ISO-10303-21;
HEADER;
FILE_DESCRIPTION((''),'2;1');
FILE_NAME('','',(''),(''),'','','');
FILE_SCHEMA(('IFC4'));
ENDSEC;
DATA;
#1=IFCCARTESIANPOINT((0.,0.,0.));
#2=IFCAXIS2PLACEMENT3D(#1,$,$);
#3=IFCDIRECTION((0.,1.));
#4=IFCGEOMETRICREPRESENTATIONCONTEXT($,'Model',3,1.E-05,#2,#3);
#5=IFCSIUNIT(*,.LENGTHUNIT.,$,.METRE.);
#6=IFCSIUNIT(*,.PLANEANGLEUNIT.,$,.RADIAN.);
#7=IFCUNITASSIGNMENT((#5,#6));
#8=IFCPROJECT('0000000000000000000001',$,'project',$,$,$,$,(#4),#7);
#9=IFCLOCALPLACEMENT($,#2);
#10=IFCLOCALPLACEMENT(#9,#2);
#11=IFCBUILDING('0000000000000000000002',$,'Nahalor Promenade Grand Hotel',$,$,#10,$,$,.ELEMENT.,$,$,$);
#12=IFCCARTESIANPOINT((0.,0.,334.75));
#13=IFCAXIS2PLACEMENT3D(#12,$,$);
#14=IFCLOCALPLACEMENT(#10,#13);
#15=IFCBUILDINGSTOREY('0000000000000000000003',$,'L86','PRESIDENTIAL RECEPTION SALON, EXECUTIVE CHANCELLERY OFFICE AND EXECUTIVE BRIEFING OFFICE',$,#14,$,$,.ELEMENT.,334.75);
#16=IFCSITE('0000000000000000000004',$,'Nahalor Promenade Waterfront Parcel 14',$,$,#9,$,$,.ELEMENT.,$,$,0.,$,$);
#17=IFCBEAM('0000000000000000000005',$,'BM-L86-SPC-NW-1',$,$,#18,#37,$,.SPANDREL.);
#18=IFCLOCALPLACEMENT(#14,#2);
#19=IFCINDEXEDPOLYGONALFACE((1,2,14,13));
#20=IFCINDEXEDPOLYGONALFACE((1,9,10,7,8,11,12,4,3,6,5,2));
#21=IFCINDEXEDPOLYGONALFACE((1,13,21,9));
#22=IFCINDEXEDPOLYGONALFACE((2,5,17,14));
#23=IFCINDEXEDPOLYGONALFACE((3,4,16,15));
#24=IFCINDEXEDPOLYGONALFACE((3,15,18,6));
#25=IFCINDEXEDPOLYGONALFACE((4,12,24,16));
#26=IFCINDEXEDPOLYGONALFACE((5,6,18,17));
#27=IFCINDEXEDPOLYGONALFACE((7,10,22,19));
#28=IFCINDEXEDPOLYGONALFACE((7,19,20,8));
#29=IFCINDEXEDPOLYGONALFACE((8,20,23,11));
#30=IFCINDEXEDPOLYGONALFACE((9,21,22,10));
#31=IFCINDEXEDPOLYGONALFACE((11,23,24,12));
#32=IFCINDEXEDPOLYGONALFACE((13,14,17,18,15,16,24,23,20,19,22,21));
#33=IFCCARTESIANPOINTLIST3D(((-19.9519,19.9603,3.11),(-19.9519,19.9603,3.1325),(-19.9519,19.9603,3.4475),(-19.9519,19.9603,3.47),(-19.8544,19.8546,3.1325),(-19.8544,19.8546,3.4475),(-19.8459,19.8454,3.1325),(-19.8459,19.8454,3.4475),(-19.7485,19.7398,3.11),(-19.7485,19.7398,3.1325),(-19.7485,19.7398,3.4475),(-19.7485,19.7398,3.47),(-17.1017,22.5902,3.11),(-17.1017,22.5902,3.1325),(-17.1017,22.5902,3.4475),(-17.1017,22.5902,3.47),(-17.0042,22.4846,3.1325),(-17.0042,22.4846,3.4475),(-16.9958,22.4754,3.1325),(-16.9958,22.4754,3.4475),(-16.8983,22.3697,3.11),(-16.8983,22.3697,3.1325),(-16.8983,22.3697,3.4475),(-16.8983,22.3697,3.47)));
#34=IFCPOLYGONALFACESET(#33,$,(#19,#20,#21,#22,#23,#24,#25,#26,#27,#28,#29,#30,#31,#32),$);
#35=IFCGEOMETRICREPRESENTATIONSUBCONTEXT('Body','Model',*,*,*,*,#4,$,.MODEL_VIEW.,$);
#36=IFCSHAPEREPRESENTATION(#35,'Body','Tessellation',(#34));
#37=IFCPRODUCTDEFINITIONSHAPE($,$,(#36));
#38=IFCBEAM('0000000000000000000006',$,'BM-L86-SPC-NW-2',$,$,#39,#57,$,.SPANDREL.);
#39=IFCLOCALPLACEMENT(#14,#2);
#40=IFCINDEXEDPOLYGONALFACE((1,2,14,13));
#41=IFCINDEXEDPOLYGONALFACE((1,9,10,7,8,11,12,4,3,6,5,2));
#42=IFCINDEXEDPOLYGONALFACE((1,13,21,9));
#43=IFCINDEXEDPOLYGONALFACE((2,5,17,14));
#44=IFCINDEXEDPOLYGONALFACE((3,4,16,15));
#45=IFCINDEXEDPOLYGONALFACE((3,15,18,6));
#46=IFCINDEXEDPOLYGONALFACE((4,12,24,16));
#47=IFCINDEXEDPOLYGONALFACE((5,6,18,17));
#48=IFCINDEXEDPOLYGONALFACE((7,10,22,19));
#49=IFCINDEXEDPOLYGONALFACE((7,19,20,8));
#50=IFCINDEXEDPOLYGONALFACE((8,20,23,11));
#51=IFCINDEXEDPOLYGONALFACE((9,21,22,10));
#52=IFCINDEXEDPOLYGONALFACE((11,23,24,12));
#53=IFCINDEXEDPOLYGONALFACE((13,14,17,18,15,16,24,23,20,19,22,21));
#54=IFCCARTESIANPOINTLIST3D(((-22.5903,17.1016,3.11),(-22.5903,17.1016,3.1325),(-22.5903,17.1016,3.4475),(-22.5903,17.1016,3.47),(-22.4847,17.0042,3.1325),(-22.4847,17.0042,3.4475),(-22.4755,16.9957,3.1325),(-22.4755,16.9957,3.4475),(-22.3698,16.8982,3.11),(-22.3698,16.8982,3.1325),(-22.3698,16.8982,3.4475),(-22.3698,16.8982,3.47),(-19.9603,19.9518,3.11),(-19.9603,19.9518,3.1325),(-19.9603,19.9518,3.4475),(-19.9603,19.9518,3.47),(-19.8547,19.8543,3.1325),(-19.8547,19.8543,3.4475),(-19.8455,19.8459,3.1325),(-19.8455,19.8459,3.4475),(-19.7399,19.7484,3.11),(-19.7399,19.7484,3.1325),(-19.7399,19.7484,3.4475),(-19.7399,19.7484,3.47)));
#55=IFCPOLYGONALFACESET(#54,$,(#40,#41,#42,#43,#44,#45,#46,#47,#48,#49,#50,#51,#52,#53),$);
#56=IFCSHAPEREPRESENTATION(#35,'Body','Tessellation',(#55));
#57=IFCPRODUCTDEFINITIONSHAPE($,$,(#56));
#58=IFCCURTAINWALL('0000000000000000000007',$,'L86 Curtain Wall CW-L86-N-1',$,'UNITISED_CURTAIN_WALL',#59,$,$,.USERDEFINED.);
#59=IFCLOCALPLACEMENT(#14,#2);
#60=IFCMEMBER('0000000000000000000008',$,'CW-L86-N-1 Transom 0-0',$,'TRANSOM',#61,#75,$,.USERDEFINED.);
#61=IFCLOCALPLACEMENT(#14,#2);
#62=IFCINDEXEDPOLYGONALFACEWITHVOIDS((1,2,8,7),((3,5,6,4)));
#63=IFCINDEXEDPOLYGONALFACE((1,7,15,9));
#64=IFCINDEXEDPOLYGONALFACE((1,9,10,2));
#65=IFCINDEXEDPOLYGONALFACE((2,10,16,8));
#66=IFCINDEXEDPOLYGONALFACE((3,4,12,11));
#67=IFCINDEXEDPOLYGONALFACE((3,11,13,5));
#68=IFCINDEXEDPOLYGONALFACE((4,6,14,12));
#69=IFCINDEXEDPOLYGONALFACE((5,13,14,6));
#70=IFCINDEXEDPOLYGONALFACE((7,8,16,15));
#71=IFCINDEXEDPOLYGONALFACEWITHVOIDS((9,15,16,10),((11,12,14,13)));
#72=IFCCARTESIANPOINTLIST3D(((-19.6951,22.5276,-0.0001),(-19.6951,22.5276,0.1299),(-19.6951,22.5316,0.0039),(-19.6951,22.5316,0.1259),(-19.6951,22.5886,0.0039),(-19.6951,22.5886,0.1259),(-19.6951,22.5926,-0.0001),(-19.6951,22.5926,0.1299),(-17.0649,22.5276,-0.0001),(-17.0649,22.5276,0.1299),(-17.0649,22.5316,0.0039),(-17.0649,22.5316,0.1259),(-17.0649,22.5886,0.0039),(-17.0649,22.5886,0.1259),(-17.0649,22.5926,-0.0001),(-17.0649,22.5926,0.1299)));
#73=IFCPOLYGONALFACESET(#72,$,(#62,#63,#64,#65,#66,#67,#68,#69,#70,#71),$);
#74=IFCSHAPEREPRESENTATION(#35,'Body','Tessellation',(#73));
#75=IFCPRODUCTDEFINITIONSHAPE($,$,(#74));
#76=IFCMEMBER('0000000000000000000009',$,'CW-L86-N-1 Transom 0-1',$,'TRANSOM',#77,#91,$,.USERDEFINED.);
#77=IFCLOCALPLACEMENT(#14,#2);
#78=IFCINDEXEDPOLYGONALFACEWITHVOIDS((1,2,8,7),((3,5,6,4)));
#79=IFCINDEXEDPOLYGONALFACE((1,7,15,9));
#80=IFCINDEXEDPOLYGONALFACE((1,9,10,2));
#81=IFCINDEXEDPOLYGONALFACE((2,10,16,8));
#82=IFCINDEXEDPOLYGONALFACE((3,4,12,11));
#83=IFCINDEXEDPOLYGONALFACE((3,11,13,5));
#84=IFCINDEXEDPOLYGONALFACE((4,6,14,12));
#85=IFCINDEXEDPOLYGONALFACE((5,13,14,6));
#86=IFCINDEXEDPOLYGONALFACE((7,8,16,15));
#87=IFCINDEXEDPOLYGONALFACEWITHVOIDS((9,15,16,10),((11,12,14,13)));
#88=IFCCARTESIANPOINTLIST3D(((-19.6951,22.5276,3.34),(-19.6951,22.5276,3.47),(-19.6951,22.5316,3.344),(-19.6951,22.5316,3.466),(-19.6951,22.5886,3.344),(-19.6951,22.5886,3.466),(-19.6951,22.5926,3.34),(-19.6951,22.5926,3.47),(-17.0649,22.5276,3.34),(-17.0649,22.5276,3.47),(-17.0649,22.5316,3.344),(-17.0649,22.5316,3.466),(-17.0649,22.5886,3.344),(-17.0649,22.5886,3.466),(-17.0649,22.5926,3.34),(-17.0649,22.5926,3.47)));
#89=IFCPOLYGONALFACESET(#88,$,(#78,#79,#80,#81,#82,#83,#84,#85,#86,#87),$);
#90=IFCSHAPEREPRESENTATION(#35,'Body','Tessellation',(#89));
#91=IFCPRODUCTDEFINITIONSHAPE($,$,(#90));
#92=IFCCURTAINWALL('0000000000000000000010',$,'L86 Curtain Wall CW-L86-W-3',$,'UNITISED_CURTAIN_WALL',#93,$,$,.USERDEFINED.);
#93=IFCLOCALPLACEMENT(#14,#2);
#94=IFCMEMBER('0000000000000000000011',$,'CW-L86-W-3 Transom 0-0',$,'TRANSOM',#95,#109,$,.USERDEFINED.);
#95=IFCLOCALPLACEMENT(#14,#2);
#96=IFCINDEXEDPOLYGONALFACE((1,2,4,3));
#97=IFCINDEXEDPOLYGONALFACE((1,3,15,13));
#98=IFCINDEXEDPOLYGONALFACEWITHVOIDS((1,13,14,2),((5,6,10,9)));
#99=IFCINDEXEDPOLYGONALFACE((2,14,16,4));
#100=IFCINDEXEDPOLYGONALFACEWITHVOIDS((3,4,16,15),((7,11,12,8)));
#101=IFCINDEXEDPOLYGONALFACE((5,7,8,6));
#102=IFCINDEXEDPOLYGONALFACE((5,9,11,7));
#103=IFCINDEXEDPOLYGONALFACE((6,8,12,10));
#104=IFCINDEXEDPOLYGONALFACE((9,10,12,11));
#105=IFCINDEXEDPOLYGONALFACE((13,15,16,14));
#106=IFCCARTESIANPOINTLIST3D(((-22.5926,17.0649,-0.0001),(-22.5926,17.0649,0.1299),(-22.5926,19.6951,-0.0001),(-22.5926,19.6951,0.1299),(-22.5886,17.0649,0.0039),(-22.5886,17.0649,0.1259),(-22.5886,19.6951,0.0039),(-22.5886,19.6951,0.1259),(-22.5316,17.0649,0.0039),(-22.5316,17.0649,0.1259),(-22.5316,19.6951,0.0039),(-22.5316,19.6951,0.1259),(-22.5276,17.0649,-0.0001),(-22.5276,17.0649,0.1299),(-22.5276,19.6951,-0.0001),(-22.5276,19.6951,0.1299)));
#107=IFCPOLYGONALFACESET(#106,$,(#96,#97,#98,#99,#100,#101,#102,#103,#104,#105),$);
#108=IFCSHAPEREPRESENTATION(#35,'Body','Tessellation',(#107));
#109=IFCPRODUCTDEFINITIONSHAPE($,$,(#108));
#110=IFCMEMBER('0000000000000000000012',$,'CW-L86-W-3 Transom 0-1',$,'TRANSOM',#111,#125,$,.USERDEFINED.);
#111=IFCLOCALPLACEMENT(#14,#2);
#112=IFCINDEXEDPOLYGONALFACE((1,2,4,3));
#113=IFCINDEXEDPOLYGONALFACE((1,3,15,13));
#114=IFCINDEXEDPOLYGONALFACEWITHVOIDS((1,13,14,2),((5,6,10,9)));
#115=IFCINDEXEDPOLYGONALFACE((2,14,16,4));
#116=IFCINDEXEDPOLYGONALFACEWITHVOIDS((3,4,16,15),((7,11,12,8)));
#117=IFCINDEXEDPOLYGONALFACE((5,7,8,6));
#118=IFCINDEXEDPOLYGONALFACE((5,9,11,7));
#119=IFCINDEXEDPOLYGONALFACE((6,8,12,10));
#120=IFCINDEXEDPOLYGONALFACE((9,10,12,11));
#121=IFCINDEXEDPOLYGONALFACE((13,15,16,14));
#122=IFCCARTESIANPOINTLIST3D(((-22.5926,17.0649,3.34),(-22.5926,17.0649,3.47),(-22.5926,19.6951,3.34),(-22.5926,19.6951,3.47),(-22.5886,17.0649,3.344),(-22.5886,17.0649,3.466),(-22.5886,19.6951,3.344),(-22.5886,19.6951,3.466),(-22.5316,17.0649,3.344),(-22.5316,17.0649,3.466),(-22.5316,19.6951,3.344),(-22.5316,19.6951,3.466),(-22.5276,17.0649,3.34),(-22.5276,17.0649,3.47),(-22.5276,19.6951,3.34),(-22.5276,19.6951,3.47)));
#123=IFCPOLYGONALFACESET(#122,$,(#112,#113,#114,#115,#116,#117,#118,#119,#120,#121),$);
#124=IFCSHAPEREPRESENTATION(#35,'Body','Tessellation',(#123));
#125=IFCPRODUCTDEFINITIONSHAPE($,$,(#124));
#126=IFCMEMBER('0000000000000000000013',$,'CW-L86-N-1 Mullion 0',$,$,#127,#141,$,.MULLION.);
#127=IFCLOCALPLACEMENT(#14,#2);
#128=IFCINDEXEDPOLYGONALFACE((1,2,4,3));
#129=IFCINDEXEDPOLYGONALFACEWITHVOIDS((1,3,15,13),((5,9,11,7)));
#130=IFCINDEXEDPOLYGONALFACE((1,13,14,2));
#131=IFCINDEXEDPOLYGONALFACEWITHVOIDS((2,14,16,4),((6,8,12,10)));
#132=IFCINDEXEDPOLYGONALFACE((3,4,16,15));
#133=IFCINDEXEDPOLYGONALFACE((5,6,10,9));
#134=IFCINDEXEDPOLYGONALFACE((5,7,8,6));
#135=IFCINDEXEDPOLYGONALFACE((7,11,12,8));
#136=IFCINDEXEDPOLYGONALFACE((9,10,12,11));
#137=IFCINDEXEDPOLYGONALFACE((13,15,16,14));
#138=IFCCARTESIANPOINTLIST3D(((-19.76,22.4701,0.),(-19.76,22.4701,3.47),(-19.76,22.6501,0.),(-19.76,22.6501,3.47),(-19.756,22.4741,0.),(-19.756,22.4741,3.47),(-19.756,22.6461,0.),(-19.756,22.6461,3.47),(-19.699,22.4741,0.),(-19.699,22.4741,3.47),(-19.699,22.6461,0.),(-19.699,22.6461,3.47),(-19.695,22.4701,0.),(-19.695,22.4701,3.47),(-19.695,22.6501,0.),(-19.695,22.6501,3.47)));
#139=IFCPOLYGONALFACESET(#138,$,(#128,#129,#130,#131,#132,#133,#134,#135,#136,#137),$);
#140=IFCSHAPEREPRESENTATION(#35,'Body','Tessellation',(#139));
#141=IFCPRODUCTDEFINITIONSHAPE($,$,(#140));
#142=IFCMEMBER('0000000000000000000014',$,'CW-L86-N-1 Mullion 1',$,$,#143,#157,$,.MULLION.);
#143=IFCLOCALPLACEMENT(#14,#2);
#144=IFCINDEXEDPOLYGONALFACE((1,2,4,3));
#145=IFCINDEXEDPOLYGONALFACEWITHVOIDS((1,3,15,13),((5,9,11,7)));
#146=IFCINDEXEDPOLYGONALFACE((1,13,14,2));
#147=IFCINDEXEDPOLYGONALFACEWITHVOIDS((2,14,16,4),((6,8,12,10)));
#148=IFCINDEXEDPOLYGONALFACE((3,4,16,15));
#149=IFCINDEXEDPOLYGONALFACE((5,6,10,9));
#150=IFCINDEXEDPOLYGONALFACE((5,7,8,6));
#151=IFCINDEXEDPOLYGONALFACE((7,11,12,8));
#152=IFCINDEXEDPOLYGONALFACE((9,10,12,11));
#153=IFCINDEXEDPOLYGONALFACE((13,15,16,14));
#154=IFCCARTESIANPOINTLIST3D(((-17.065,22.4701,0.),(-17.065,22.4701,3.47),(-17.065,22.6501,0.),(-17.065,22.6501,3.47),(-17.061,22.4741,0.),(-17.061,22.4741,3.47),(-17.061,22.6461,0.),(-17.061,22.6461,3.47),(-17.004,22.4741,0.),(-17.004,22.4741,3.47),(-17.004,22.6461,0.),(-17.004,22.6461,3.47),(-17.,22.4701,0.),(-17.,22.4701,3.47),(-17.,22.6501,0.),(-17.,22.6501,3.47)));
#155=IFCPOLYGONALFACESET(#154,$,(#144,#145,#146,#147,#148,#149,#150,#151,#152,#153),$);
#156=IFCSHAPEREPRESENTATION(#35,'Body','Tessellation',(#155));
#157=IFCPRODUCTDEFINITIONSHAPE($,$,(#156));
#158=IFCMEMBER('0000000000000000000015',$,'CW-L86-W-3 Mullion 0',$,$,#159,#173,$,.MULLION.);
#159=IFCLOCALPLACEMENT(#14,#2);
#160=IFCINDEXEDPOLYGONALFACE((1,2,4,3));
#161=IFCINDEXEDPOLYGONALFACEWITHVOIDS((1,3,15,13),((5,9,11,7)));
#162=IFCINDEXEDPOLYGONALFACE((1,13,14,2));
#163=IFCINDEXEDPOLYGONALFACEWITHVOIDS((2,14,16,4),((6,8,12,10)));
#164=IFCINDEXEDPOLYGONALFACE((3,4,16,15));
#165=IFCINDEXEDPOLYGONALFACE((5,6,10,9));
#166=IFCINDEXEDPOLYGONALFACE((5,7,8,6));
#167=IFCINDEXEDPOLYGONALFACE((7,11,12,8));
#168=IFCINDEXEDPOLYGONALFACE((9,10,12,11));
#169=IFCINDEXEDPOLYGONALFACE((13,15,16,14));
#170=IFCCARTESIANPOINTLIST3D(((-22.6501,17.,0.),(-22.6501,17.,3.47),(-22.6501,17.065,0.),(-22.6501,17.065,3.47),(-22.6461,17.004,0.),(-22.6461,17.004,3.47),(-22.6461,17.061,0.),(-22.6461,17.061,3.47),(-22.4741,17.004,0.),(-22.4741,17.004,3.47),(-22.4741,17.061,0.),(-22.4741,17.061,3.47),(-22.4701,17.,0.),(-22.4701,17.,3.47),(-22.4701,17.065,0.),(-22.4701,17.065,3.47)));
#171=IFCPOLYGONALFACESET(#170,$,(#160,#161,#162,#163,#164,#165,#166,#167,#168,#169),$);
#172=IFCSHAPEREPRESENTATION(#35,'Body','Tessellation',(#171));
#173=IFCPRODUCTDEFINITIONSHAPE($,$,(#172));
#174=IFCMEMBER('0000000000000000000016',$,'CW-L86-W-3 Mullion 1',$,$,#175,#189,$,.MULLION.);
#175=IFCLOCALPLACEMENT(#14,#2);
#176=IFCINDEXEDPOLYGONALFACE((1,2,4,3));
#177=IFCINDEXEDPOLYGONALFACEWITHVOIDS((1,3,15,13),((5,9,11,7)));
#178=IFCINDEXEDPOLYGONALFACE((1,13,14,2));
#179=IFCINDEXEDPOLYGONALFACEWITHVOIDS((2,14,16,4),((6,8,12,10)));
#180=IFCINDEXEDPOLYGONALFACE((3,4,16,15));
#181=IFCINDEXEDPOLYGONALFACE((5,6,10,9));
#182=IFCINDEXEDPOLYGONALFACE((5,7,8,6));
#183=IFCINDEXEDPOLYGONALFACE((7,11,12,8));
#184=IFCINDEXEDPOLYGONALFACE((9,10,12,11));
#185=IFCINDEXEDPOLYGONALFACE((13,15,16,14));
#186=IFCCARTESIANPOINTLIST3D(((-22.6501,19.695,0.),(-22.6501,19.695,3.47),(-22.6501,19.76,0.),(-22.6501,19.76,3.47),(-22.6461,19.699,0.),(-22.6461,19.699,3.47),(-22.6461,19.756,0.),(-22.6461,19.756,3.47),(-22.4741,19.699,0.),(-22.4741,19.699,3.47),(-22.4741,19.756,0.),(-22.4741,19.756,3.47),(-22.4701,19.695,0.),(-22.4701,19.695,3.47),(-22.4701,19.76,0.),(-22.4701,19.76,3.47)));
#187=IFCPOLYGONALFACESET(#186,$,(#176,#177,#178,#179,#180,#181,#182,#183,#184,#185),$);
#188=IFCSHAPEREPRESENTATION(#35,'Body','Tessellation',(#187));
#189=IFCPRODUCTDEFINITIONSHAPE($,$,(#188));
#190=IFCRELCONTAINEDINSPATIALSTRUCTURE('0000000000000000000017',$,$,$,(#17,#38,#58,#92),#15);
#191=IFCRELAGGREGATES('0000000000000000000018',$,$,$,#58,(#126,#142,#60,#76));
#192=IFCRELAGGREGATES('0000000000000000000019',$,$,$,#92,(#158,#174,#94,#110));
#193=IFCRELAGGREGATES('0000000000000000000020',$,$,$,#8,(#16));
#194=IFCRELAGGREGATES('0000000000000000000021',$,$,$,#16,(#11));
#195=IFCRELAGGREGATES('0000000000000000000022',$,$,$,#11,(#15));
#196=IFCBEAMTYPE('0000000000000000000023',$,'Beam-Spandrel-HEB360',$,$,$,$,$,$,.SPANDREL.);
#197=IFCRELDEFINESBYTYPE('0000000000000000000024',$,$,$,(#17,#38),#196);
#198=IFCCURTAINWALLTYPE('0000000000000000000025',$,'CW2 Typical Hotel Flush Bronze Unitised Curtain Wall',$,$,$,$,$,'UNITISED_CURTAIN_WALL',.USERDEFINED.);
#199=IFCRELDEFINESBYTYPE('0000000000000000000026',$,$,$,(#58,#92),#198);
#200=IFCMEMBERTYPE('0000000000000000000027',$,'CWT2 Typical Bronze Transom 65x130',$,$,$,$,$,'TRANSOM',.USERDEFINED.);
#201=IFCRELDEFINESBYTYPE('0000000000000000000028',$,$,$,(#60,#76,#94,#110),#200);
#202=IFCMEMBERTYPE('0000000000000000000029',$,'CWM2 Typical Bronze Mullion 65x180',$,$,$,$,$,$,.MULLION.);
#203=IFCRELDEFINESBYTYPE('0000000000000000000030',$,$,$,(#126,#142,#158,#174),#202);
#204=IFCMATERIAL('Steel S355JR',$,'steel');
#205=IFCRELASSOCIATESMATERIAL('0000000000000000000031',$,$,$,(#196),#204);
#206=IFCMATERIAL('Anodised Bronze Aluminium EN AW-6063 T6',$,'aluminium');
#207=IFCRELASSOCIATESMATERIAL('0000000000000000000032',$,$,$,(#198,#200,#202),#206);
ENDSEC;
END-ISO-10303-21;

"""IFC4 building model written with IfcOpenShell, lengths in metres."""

from ifc_helpers import new_model, si_unit, direction, frame, origin, origin_2d, place, context, subcontext, project, spatial, hollow_rectangle, i_section, extrude, source, transform, mapped, material, material_profile, profile_set, type_object, element, aggregate, save


model = new_model("IFC4")

# Units and contexts
model_context = context("Model", 3, precision=1e-05, world=origin(), true_north=direction((0.0, 1.0)))
body_context = subcontext(model_context, "Body", "Model", "MODEL_VIEW")
ifc_project = project(units=[si_unit("LENGTHUNIT", "METRE"), si_unit("PLANEANGLEUNIT", "RADIAN")], contexts=[model_context])

# Site, building, storey
site_placement = place(None, origin())
site = spatial("IfcSite", under=ifc_project, at=site_placement, Name="Nahalor Promenade Waterfront Parcel 14", CompositionType="ELEMENT", RefElevation=0.0)
building_placement = place(site_placement, origin())
building = spatial("IfcBuilding", under=site, at=building_placement, Name="Nahalor Promenade Grand Hotel", CompositionType="ELEMENT")
storey_placement = place(building_placement, frame((0.0, 0.0, 334.75)))
storey = spatial("IfcBuildingStorey", under=building, at=storey_placement, Name="L86", Description="PRESIDENTIAL RECEPTION SALON, EXECUTIVE CHANCELLERY OFFICE AND EXECUTIVE BRIEFING OFFICE", CompositionType="ELEMENT", Elevation=334.75)

# Shared definitions
ifc_material_1 = material(Name="Steel S355JR", Category="steel")

# Beams
ifc_material_profile_1 = material_profile(ifc_material_1, i_section(OverallWidth=0.3, OverallDepth=0.36, WebThickness=0.0125, FlangeThickness=0.0225, at=origin_2d()), Name="HEB 360")
ifc_profile_set_1 = profile_set([ifc_material_profile_1], Name="Steel S355JR")
beam_type_1 = type_object("IfcBeamType", Name="Beam-Spandrel-HEB360", PredefinedType="SPANDREL", material=ifc_profile_set_1)
shared_shape_1 = source(origin(), body_context, "Body", "SweptSolid", [
    extrude(i_section(OverallWidth=0.3, OverallDepth=0.36, WebThickness=0.0125, FlangeThickness=0.0225, at=origin_2d()), origin(), (0.0, 0.0, 1.0), 3.8782),
])
for number, where, z_axis, x_axis, name in (
    (1, (-17.0, 22.48, 3.29), (-0.734929, -0.678144, 0.0), (0.678144, -0.734929, 0.0), "BM-L86-SPC-NW-1"),
    (2, (-19.8501, 19.8501, 3.29), (-0.678144, -0.734929, 0.0), (0.734929, -0.678144, 0.0), "BM-L86-SPC-NW-2"),
):
    element("IfcBeam", number, at=place(storey_placement, frame(where, z_axis=z_axis, x_axis=x_axis)), inside=storey, type_object=beam_type_1, Name=name, PredefinedType="SPANDREL", context=body_context, shape_type="MappedRepresentation", body=[
        mapped(shared_shape_1, transform((0.0, 0.0, 0.0), scale=1.0)),
    ])

# Curtain walls, members
ifc_material_2 = material(Name="Anodised Bronze Aluminium EN AW-6063 T6", Category="aluminium")
curtain_wall_type = type_object("IfcCurtainWallType", Name="CW2 Typical Hotel Flush Bronze Unitised Curtain Wall", ElementType="UNITISED_CURTAIN_WALL", PredefinedType="USERDEFINED", material=ifc_material_2)
curtain_wall_1_placement = place(storey_placement, origin())
curtain_wall_1 = element("IfcCurtainWall", 3, at=curtain_wall_1_placement, inside=storey, type_object=curtain_wall_type, Name="L86 Curtain Wall CW-L86-N-1", ObjectType="UNITISED_CURTAIN_WALL", PredefinedType="USERDEFINED")
ifc_material_profile_2 = material_profile(ifc_material_2, hollow_rectangle(XDim=0.065, YDim=0.13, WallThickness=0.004, at=origin_2d()), Name="CWT 65x130x4")
ifc_profile_set_2 = profile_set([ifc_material_profile_2], Name="Anodised Bronze Aluminium EN AW-6063 T6")
member_type_1 = type_object("IfcMemberType", Name="CWT2 Typical Bronze Transom 65x130", ElementType="TRANSOM", PredefinedType="USERDEFINED", material=ifc_profile_set_2)
shared_shape_2 = source(origin(), body_context, "Body", "SweptSolid", [
    extrude(hollow_rectangle(XDim=0.065, YDim=0.13, WallThickness=0.004, at=origin_2d()), origin(), (0.0, 0.0, 1.0), 2.6301),
])
member_1_placement = place(storey_placement, frame((-19.6951, 22.5601, 0.0649), z_axis=(1.0, 0.0, 0.0), x_axis=(0.0, 1.0, 0.0)))
member_1 = element("IfcMember", 4, at=member_1_placement, type_object=member_type_1, Name="CW-L86-N-1 Transom 0-0", ObjectType="TRANSOM", PredefinedType="USERDEFINED", context=body_context, shape_type="MappedRepresentation", body=[
    mapped(shared_shape_2, transform((0.0, 0.0, 0.0), scale=1.0)),
])
member_2_placement = place(storey_placement, frame((-19.6951, 22.5601, 3.405), z_axis=(1.0, 0.0, 0.0), x_axis=(0.0, 1.0, 0.0)))
member_2 = element("IfcMember", 5, at=member_2_placement, type_object=member_type_1, Name="CW-L86-N-1 Transom 0-1", ObjectType="TRANSOM", PredefinedType="USERDEFINED", context=body_context, shape_type="MappedRepresentation", body=[
    mapped(shared_shape_2, transform((0.0, 0.0, 0.0), scale=1.0)),
])
curtain_wall_2_placement = place(storey_placement, origin())
curtain_wall_2 = element("IfcCurtainWall", 6, at=curtain_wall_2_placement, inside=storey, type_object=curtain_wall_type, Name="L86 Curtain Wall CW-L86-W-3", ObjectType="UNITISED_CURTAIN_WALL", PredefinedType="USERDEFINED")
member_3_placement = place(storey_placement, frame((-22.5601, 17.0649, 0.0649), z_axis=(0.0, 1.0, 0.0), x_axis=(-1.0, 0.0, 0.0)))
member_3 = element("IfcMember", 7, at=member_3_placement, type_object=member_type_1, Name="CW-L86-W-3 Transom 0-0", ObjectType="TRANSOM", PredefinedType="USERDEFINED", context=body_context, shape_type="MappedRepresentation", body=[
    mapped(shared_shape_2, transform((0.0, 0.0, 0.0), scale=1.0)),
])
member_4_placement = place(storey_placement, frame((-22.5601, 17.0649, 3.405), z_axis=(0.0, 1.0, 0.0), x_axis=(-1.0, 0.0, 0.0)))
member_4 = element("IfcMember", 8, at=member_4_placement, type_object=member_type_1, Name="CW-L86-W-3 Transom 0-1", ObjectType="TRANSOM", PredefinedType="USERDEFINED", context=body_context, shape_type="MappedRepresentation", body=[
    mapped(shared_shape_2, transform((0.0, 0.0, 0.0), scale=1.0)),
])

# Members
ifc_material_profile_3 = material_profile(ifc_material_2, hollow_rectangle(XDim=0.065, YDim=0.18, WallThickness=0.004, at=origin_2d()), Name="CWM 65x180x4")
ifc_profile_set_3 = profile_set([ifc_material_profile_3], Name="Anodised Bronze Aluminium EN AW-6063 T6")
member_type_2 = type_object("IfcMemberType", Name="CWM2 Typical Bronze Mullion 65x180", PredefinedType="MULLION", material=ifc_profile_set_3)
shared_shape_3 = source(origin(), body_context, "Body", "SweptSolid", [
    extrude(hollow_rectangle(XDim=0.065, YDim=0.18, WallThickness=0.004, at=origin_2d()), origin(), (0.0, 0.0, 1.0), 3.47),
])
member_5_placement = place(storey_placement, frame((-19.7275, 22.5601, 0.0), z_axis=(0.0, 0.0, 1.0), x_axis=(1.0, 0.0, 0.0)))
member_5 = element("IfcMember", 9, at=member_5_placement, type_object=member_type_2, Name="CW-L86-N-1 Mullion 0", PredefinedType="MULLION", context=body_context, shape_type="MappedRepresentation", body=[
    mapped(shared_shape_3, transform((0.0, 0.0, 0.0), scale=1.0)),
])
member_6_placement = place(storey_placement, frame((-17.0325, 22.5601, 0.0), z_axis=(0.0, 0.0, 1.0), x_axis=(1.0, 0.0, 0.0)))
member_6 = element("IfcMember", 10, at=member_6_placement, type_object=member_type_2, Name="CW-L86-N-1 Mullion 1", PredefinedType="MULLION", context=body_context, shape_type="MappedRepresentation", body=[
    mapped(shared_shape_3, transform((0.0, 0.0, 0.0), scale=1.0)),
])
member_7_placement = place(storey_placement, frame((-22.5601, 17.0325, 0.0), z_axis=(0.0, 0.0, 1.0), x_axis=(0.0, 1.0, 0.0)))
member_7 = element("IfcMember", 11, at=member_7_placement, type_object=member_type_2, Name="CW-L86-W-3 Mullion 0", PredefinedType="MULLION", context=body_context, shape_type="MappedRepresentation", body=[
    mapped(shared_shape_3, transform((0.0, 0.0, 0.0), scale=1.0)),
])
member_8_placement = place(storey_placement, frame((-22.5601, 19.7275, 0.0), z_axis=(0.0, 0.0, 1.0), x_axis=(0.0, 1.0, 0.0)))
member_8 = element("IfcMember", 12, at=member_8_placement, type_object=member_type_2, Name="CW-L86-W-3 Mullion 1", PredefinedType="MULLION", context=body_context, shape_type="MappedRepresentation", body=[
    mapped(shared_shape_3, transform((0.0, 0.0, 0.0), scale=1.0)),
])

aggregate(curtain_wall_1, [member_5, member_6, member_1, member_2])
aggregate(curtain_wall_2, [member_7, member_8, member_3, member_4])

save(model, "model.ifc")
